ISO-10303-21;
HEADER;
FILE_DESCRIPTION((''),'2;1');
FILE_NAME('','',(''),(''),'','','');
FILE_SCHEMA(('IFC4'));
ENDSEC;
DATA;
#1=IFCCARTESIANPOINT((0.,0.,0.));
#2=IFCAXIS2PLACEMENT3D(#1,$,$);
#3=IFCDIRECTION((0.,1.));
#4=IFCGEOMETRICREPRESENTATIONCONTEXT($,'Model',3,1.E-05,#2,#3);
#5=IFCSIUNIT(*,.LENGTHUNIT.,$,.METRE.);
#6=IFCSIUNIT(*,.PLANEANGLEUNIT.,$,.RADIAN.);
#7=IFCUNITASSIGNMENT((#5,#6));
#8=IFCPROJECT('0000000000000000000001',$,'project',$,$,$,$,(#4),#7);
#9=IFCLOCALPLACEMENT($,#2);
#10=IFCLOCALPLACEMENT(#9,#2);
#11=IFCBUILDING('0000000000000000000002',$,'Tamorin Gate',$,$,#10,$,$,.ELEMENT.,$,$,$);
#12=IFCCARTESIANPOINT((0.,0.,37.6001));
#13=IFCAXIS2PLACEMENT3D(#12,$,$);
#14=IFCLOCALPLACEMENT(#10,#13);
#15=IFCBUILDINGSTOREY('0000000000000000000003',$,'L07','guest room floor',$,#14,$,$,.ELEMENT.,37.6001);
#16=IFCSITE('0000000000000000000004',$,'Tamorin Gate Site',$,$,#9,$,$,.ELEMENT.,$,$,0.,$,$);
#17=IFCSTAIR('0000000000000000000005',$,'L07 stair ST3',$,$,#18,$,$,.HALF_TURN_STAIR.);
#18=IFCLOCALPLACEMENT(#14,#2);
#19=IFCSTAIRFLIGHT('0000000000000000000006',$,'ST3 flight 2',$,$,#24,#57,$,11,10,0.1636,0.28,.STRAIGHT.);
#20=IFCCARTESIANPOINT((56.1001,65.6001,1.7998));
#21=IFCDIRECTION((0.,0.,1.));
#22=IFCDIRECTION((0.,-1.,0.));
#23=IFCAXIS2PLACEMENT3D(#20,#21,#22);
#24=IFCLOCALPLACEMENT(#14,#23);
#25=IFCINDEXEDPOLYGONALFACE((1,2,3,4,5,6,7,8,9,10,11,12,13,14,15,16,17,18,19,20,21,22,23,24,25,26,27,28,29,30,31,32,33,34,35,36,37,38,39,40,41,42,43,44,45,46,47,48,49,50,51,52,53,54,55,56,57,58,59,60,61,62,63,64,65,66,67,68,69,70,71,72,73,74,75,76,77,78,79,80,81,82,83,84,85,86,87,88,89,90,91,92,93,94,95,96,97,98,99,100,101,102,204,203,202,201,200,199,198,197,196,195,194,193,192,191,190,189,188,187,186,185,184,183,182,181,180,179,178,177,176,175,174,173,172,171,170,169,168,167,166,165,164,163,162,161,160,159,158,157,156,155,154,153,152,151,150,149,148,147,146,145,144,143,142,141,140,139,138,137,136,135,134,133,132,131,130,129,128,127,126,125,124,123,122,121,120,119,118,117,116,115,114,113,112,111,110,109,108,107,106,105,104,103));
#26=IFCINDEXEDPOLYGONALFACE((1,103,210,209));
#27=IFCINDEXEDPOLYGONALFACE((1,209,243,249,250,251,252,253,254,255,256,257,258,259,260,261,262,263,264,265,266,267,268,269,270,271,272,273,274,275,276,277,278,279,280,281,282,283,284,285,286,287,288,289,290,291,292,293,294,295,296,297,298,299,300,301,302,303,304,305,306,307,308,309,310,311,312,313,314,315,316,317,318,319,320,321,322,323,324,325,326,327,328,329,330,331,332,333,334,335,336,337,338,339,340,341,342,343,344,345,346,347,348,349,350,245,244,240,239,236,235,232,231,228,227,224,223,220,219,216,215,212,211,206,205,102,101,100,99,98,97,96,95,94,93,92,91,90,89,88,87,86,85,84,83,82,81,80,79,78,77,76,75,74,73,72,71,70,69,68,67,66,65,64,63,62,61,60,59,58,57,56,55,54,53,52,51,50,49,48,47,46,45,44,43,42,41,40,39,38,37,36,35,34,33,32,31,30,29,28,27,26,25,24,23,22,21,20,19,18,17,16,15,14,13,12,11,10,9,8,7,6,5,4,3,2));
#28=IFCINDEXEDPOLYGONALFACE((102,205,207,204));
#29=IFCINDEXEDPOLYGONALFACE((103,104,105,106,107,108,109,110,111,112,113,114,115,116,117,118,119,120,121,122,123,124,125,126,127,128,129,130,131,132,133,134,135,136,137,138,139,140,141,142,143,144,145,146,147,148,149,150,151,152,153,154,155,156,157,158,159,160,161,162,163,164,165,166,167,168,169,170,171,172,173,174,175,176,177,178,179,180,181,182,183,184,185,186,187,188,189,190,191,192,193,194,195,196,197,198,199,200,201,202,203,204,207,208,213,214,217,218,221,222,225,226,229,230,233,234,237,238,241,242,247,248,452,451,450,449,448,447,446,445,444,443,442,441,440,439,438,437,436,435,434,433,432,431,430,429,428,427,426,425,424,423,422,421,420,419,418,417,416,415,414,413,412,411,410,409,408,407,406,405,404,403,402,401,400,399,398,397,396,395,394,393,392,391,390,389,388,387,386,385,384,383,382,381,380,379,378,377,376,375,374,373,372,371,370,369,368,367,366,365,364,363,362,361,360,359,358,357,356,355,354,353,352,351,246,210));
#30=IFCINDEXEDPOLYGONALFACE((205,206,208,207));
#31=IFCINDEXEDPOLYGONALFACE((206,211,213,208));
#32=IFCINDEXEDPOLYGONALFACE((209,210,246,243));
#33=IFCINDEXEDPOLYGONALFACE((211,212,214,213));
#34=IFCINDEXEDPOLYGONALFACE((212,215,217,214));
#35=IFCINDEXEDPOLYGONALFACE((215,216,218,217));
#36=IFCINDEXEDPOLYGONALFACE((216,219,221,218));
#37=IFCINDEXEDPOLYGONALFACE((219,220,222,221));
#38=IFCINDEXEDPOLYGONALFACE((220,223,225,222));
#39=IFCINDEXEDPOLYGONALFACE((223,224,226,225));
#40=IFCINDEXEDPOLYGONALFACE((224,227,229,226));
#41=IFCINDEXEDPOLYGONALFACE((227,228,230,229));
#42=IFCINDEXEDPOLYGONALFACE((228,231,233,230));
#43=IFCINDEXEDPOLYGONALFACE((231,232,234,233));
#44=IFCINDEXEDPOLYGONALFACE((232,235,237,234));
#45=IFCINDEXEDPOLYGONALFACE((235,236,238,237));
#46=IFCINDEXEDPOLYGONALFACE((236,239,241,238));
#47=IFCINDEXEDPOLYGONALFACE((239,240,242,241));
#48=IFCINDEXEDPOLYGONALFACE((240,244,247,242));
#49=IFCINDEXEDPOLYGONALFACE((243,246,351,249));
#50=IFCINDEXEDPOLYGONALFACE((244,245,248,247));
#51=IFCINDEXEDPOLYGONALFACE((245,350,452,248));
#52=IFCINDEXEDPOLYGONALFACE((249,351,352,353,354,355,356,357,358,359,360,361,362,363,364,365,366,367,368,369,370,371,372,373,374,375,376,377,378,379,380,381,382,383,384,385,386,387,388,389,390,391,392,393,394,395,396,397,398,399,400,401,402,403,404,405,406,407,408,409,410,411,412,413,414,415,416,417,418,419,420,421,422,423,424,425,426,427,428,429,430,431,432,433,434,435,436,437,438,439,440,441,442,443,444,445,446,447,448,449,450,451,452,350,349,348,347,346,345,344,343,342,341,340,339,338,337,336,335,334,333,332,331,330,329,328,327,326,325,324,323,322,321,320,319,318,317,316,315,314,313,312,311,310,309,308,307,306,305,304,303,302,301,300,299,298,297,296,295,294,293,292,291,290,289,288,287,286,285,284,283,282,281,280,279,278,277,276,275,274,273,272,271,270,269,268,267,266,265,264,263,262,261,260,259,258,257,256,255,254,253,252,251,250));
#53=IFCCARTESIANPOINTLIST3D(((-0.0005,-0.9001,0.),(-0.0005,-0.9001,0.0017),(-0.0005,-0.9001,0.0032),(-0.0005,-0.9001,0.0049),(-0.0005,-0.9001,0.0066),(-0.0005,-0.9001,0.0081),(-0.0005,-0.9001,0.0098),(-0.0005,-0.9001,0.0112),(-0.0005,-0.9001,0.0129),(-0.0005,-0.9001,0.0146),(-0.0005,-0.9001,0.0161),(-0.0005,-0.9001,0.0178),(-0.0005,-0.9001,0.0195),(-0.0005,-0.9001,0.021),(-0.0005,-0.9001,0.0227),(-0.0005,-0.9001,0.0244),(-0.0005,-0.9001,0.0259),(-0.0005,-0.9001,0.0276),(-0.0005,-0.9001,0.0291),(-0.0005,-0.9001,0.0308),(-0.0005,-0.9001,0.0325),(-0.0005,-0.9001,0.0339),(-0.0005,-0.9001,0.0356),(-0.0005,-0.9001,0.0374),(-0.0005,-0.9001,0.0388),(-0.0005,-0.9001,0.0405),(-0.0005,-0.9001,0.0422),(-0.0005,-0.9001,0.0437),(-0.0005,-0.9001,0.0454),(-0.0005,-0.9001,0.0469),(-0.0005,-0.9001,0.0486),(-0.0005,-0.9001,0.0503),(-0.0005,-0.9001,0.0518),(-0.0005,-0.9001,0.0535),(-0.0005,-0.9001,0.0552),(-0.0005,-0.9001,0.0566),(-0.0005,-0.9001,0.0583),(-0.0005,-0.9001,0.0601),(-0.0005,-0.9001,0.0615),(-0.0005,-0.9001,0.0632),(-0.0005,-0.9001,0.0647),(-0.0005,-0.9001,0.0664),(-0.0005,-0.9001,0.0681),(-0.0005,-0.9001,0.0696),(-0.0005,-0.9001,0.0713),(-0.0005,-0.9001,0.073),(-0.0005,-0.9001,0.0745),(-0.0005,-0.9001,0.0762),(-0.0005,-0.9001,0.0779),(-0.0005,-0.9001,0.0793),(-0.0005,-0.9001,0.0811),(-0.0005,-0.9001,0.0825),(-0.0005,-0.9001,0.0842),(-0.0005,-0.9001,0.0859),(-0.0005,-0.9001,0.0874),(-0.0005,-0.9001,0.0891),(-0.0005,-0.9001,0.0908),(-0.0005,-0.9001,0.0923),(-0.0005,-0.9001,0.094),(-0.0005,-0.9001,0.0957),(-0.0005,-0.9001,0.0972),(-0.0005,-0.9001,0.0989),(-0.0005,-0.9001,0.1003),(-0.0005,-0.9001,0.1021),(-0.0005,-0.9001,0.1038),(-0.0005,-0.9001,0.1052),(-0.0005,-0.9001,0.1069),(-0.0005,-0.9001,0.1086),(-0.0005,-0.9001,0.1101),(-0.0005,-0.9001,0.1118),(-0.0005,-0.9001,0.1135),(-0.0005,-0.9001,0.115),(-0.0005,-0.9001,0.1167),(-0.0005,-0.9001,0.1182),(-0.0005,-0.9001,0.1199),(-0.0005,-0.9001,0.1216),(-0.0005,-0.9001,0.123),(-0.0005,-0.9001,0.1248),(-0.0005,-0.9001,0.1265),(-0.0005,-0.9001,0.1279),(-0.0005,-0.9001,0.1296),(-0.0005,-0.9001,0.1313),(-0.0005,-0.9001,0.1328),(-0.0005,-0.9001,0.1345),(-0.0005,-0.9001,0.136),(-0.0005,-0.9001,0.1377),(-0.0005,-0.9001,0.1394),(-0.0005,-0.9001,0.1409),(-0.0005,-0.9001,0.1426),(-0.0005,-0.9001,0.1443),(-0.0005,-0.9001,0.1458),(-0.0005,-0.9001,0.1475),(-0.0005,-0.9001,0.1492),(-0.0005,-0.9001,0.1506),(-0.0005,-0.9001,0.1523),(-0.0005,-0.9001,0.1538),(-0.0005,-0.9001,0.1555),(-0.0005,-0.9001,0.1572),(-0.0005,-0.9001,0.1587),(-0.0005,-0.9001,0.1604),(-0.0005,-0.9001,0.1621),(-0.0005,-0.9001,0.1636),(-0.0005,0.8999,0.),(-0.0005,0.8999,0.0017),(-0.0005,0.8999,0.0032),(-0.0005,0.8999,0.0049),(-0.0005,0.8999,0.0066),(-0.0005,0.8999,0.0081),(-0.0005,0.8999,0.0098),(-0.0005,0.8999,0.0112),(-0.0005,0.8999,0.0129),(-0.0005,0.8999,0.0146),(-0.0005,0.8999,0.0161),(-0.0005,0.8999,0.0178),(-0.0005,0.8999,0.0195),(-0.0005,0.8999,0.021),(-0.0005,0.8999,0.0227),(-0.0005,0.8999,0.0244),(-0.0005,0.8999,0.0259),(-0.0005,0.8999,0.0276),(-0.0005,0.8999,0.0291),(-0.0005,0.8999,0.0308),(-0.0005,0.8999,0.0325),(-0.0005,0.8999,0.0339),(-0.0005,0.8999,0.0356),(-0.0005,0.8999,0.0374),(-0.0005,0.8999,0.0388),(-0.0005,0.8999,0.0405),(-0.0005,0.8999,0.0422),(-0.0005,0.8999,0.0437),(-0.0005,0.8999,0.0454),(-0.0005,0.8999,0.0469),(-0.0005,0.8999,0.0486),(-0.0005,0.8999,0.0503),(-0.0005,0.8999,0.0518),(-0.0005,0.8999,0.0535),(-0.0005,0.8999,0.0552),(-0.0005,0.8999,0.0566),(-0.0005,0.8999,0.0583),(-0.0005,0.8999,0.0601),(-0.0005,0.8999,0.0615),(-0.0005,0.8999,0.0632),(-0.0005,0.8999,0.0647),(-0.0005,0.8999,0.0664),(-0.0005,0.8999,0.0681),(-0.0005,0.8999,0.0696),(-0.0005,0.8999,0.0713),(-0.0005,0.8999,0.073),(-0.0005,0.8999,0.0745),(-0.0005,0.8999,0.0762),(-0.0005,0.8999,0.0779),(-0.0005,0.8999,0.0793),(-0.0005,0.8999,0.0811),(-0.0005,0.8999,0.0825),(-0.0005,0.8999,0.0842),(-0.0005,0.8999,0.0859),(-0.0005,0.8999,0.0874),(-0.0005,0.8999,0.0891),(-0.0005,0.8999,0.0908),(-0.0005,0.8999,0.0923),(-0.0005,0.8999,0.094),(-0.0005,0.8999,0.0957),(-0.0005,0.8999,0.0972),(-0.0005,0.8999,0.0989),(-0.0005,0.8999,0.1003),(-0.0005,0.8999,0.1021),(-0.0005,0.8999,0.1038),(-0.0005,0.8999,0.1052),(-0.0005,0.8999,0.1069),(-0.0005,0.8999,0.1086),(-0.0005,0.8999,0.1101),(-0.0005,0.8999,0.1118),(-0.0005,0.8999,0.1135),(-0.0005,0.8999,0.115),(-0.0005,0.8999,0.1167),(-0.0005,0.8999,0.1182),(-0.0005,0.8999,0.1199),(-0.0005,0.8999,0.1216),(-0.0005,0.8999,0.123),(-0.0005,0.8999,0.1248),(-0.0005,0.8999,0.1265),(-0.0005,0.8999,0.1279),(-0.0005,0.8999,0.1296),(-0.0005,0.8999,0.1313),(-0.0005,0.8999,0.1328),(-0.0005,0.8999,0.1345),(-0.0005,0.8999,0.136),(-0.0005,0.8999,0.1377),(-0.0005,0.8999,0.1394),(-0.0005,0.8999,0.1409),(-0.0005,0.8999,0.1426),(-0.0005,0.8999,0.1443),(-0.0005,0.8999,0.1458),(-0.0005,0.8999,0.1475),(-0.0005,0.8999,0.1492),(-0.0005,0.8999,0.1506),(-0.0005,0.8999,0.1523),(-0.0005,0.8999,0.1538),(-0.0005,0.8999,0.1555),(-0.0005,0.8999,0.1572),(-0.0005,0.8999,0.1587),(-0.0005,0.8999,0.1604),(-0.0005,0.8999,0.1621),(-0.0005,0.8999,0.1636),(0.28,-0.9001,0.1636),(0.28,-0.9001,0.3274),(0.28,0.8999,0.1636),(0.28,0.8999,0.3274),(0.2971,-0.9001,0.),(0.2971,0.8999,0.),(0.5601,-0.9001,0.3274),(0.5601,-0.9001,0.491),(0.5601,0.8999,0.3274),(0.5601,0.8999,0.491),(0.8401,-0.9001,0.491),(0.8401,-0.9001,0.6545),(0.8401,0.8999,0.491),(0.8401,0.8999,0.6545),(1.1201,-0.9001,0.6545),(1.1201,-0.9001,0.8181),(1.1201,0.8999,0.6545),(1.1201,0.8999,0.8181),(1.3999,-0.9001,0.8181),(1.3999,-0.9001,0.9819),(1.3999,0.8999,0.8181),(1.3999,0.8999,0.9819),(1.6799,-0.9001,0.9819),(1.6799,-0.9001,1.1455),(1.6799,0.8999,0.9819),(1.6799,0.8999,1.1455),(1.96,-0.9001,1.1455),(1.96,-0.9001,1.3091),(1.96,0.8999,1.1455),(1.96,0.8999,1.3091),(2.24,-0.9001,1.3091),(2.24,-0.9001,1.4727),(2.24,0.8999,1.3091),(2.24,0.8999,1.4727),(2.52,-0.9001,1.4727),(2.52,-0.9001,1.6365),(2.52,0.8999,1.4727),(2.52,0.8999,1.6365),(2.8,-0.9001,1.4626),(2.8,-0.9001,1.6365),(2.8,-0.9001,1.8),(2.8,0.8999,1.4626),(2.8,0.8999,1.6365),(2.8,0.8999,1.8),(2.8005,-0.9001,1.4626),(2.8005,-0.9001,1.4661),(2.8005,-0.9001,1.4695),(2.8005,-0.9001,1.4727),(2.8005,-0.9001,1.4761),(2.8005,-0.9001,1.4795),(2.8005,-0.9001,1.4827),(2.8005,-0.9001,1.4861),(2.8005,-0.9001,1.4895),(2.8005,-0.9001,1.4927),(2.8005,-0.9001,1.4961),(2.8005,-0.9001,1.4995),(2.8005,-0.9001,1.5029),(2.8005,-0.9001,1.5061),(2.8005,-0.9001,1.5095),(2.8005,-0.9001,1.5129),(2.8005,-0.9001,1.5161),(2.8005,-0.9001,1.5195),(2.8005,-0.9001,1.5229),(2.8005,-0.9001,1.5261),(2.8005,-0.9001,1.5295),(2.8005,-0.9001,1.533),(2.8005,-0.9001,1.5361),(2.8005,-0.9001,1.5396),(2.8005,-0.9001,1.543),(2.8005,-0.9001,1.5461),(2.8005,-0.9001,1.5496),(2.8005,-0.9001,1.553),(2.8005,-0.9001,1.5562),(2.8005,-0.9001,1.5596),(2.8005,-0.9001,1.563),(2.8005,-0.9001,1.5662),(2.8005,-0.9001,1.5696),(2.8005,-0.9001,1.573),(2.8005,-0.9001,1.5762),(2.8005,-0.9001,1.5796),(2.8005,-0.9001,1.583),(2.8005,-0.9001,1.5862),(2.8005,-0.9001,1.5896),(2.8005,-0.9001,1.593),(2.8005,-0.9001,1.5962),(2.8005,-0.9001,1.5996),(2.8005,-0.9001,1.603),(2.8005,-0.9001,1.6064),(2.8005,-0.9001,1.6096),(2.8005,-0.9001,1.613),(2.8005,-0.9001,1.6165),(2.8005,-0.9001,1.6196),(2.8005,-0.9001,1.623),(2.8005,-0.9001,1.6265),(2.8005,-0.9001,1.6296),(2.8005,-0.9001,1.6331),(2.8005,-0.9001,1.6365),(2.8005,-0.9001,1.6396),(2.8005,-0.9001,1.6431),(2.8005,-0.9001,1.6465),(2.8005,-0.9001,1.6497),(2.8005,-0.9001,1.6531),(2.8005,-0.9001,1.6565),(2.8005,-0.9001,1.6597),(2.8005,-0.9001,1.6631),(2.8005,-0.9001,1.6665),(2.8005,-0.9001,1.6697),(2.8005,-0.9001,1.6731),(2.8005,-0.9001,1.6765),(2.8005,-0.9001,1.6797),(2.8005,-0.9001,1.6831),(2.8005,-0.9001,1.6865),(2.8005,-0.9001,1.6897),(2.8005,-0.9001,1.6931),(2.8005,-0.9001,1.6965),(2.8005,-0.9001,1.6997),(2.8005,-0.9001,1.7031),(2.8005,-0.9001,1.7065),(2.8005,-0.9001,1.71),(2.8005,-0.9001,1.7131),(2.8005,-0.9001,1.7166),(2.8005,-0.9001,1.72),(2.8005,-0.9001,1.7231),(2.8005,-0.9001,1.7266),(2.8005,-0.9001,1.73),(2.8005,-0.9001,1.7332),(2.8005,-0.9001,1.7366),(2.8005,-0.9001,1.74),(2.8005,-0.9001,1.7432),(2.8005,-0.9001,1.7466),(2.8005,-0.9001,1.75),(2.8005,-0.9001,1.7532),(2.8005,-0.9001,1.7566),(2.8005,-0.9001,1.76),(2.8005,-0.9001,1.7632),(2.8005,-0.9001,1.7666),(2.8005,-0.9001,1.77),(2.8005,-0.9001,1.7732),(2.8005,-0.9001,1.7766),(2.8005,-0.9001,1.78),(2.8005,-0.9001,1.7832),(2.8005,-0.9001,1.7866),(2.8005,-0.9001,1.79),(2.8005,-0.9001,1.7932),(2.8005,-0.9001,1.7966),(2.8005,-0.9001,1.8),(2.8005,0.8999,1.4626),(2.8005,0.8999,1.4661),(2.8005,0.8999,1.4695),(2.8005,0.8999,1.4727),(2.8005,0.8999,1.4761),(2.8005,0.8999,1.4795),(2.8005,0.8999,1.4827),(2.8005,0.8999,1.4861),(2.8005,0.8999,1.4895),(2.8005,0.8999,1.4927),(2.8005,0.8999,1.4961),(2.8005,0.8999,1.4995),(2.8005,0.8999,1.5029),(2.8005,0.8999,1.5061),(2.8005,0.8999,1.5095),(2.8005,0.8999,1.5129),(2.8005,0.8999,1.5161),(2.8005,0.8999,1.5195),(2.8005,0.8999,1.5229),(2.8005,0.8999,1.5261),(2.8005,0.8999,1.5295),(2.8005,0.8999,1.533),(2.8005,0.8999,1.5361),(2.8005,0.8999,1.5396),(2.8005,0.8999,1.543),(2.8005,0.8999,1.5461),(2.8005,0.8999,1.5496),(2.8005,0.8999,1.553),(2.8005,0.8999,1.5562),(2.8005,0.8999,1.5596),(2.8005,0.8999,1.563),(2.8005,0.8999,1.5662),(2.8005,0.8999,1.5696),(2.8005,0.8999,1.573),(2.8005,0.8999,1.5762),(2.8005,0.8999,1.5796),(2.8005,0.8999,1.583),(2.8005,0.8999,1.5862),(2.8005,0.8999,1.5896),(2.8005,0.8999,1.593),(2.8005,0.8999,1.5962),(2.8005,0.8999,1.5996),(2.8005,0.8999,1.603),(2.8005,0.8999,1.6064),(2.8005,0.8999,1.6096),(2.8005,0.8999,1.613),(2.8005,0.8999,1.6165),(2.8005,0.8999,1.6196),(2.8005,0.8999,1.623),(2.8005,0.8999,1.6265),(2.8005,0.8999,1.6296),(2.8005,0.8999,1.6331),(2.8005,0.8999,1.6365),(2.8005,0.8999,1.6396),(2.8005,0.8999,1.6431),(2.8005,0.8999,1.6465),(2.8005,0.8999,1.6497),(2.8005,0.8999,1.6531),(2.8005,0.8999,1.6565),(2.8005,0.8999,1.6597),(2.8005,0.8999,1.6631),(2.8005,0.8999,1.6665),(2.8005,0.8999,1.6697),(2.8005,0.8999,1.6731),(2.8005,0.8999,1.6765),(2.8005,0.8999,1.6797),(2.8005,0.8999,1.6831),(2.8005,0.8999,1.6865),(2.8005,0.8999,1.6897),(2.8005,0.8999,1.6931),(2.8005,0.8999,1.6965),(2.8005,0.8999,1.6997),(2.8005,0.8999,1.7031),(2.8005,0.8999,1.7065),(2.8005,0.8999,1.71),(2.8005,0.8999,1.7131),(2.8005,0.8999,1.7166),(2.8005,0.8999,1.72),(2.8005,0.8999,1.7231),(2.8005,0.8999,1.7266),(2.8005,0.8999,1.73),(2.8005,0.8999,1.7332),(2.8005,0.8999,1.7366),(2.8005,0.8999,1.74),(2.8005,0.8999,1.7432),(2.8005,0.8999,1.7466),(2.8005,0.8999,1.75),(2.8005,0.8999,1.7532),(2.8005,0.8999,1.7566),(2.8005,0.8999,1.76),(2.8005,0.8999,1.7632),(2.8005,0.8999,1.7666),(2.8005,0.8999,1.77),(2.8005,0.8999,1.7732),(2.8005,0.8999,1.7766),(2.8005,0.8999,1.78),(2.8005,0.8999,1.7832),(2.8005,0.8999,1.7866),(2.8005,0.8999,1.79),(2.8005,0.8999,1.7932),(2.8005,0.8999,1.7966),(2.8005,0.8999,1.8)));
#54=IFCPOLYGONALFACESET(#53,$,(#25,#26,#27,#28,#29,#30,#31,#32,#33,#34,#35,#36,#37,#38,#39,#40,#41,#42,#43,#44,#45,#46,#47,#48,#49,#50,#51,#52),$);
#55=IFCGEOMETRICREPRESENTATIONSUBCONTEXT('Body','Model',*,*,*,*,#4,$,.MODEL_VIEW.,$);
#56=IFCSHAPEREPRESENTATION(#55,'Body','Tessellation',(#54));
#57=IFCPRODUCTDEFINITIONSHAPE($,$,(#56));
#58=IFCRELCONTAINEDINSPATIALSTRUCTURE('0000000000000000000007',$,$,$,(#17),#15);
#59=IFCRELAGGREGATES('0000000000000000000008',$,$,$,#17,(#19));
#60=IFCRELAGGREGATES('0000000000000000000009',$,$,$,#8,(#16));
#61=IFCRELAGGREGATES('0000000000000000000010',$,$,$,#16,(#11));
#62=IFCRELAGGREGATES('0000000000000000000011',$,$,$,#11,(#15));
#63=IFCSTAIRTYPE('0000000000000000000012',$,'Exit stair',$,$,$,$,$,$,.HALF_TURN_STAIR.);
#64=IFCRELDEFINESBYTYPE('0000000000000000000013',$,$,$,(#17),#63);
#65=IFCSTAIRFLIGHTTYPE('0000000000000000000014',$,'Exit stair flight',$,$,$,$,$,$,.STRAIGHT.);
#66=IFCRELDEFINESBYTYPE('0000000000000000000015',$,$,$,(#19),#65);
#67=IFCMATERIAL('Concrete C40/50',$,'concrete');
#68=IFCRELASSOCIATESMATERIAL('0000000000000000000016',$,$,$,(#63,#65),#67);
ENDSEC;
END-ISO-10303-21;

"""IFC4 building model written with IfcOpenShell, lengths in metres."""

from ifc_helpers import new_model, si_unit, direction, frame, origin, place, context, subcontext, project, spatial, polyline, outline, extrude, material, type_object, element, aggregate, save


model = new_model("IFC4")

# Units and contexts
model_context = context("Model", 3, precision=1e-05, world=origin(), true_north=direction((0.0, 1.0)))
body_context = subcontext(model_context, "Body", "Model", "MODEL_VIEW")
ifc_project = project(units=[si_unit("LENGTHUNIT", "METRE"), si_unit("PLANEANGLEUNIT", "RADIAN")], contexts=[model_context])

# Site, building, storey
site_placement = place(None, origin())
site = spatial("IfcSite", under=ifc_project, at=site_placement, Name="Tamorin Gate Site", CompositionType="ELEMENT", RefElevation=0.0)
building_placement = place(site_placement, origin())
building = spatial("IfcBuilding", under=site, at=building_placement, Name="Tamorin Gate", CompositionType="ELEMENT")
storey_placement = place(building_placement, frame((0.0, 0.0, 37.6001)))
storey = spatial("IfcBuildingStorey", under=building, at=storey_placement, Name="L07", Description="guest room floor", CompositionType="ELEMENT", Elevation=37.6001)

# Shared definitions
ifc_material_1 = material(Name="Concrete C40/50", Category="concrete")

# Stair, stair flight
stair_type = type_object("IfcStairType", Name="Exit stair", PredefinedType="HALF_TURN_STAIR", material=ifc_material_1)
stair_placement = place(storey_placement, origin())
stair = element("IfcStair", 1, at=stair_placement, inside=storey, type_object=stair_type, Name="L07 stair ST3", PredefinedType="HALF_TURN_STAIR")
stair_flight_type = type_object("IfcStairFlightType", Name="Exit stair flight", PredefinedType="STRAIGHT", material=ifc_material_1)
stair_flight_1_placement = place(storey_placement, frame((56.1001, 65.6001, 1.7998), z_axis=(0.0, 0.0, 1.0), x_axis=(0.0, -1.0, 0.0)))
stair_flight_1 = element("IfcStairFlight", 2, at=stair_flight_1_placement, type_object=stair_flight_type, Name="ST3 flight 2", NumberOfRisers=11, NumberOfTreads=10, PredefinedType="STRAIGHT", RiserHeight=0.1636, TreadLength=0.28, context=body_context, shape_type="SweptSolid", body=[
    extrude(outline(polyline([(-0.0005, 0.0), (-0.0005, 0.0017), (-0.0005, 0.0032), (-0.0005, 0.0049), (-0.0005, 0.0066), (-0.0005, 0.0081), (-0.0005, 0.0098), (-0.0005, 0.0112), (-0.0005, 0.0129), (-0.0005, 0.0146), (-0.0005, 0.0161), (-0.0005, 0.0178), (-0.0005, 0.0195), (-0.0005, 0.021), (-0.0005, 0.0227), (-0.0005, 0.0244), (-0.0005, 0.0259), (-0.0005, 0.0276), (-0.0005, 0.0291), (-0.0005, 0.0308), (-0.0005, 0.0325), (-0.0005, 0.0339), (-0.0005, 0.0356), (-0.0005, 0.0374), (-0.0005, 0.0388), (-0.0005, 0.0405), (-0.0005, 0.0422), (-0.0005, 0.0437), (-0.0005, 0.0454), (-0.0005, 0.0469), (-0.0005, 0.0486), (-0.0005, 0.0503), (-0.0005, 0.0518), (-0.0005, 0.0535), (-0.0005, 0.0552), (-0.0005, 0.0566), (-0.0005, 0.0583), (-0.0005, 0.0601), (-0.0005, 0.0615), (-0.0005, 0.0632), (-0.0005, 0.0647), (-0.0005, 0.0664), (-0.0005, 0.0681), (-0.0005, 0.0696), (-0.0005, 0.0713), (-0.0005, 0.073), (-0.0005, 0.0745), (-0.0005, 0.0762), (-0.0005, 0.0779), (-0.0005, 0.0793), (-0.0005, 0.0811), (-0.0005, 0.0825), (-0.0005, 0.0842), (-0.0005, 0.0859), (-0.0005, 0.0874), (-0.0005, 0.0891), (-0.0005, 0.0908), (-0.0005, 0.0923), (-0.0005, 0.094), (-0.0005, 0.0957), (-0.0005, 0.0972), (-0.0005, 0.0989), (-0.0005, 0.1003), (-0.0005, 0.1021), (-0.0005, 0.1038), (-0.0005, 0.1052), (-0.0005, 0.1069), (-0.0005, 0.1086), (-0.0005, 0.1101), (-0.0005, 0.1118), (-0.0005, 0.1135), (-0.0005, 0.115), (-0.0005, 0.1167), (-0.0005, 0.1182), (-0.0005, 0.1199), (-0.0005, 0.1216), (-0.0005, 0.123), (-0.0005, 0.1248), (-0.0005, 0.1265), (-0.0005, 0.1279), (-0.0005, 0.1296), (-0.0005, 0.1313), (-0.0005, 0.1328), (-0.0005, 0.1345), (-0.0005, 0.136), (-0.0005, 0.1377), (-0.0005, 0.1394), (-0.0005, 0.1409), (-0.0005, 0.1426), (-0.0005, 0.1443), (-0.0005, 0.1458), (-0.0005, 0.1475), (-0.0005, 0.1492), (-0.0005, 0.1506), (-0.0005, 0.1523), (-0.0005, 0.1538), (-0.0005, 0.1555), (-0.0005, 0.1572), (-0.0005, 0.1587), (-0.0005, 0.1604), (-0.0005, 0.1621), (-0.0005, 0.1636), (0.28, 0.1636), (0.28, 0.3274), (0.5601, 0.3274), (0.5601, 0.491), (0.8401, 0.491), (0.8401, 0.6545), (1.1201, 0.6545), (1.1201, 0.8181), (1.3999, 0.8181), (1.3999, 0.9819), (1.6799, 0.9819), (1.6799, 1.1455), (1.96, 1.1455), (1.96, 1.3091), (2.24, 1.3091), (2.24, 1.4727), (2.52, 1.4727), (2.52, 1.6365), (2.8, 1.6365), (2.8, 1.8), (2.8005, 1.8), (2.8005, 1.7966), (2.8005, 1.7932), (2.8005, 1.79), (2.8005, 1.7866), (2.8005, 1.7832), (2.8005, 1.78), (2.8005, 1.7766), (2.8005, 1.7732), (2.8005, 1.77), (2.8005, 1.7666), (2.8005, 1.7632), (2.8005, 1.76), (2.8005, 1.7566), (2.8005, 1.7532), (2.8005, 1.75), (2.8005, 1.7466), (2.8005, 1.7432), (2.8005, 1.74), (2.8005, 1.7366), (2.8005, 1.7332), (2.8005, 1.73), (2.8005, 1.7266), (2.8005, 1.7231), (2.8005, 1.72), (2.8005, 1.7166), (2.8005, 1.7131), (2.8005, 1.71), (2.8005, 1.7065), (2.8005, 1.7031), (2.8005, 1.6997), (2.8005, 1.6965), (2.8005, 1.6931), (2.8005, 1.6897), (2.8005, 1.6865), (2.8005, 1.6831), (2.8005, 1.6797), (2.8005, 1.6765), (2.8005, 1.6731), (2.8005, 1.6697), (2.8005, 1.6665), (2.8005, 1.6631), (2.8005, 1.6597), (2.8005, 1.6565), (2.8005, 1.6531), (2.8005, 1.6497), (2.8005, 1.6465), (2.8005, 1.6431), (2.8005, 1.6396), (2.8005, 1.6365), (2.8005, 1.6331), (2.8005, 1.6296), (2.8005, 1.6265), (2.8005, 1.623), (2.8005, 1.6196), (2.8005, 1.6165), (2.8005, 1.613), (2.8005, 1.6096), (2.8005, 1.6064), (2.8005, 1.603), (2.8005, 1.5996), (2.8005, 1.5962), (2.8005, 1.593), (2.8005, 1.5896), (2.8005, 1.5862), (2.8005, 1.583), (2.8005, 1.5796), (2.8005, 1.5762), (2.8005, 1.573), (2.8005, 1.5696), (2.8005, 1.5662), (2.8005, 1.563), (2.8005, 1.5596), (2.8005, 1.5562), (2.8005, 1.553), (2.8005, 1.5496), (2.8005, 1.5461), (2.8005, 1.543), (2.8005, 1.5396), (2.8005, 1.5361), (2.8005, 1.533), (2.8005, 1.5295), (2.8005, 1.5261), (2.8005, 1.5229), (2.8005, 1.5195), (2.8005, 1.5161), (2.8005, 1.5129), (2.8005, 1.5095), (2.8005, 1.5061), (2.8005, 1.5029), (2.8005, 1.4995), (2.8005, 1.4961), (2.8005, 1.4927), (2.8005, 1.4895), (2.8005, 1.4861), (2.8005, 1.4827), (2.8005, 1.4795), (2.8005, 1.4761), (2.8005, 1.4727), (2.8005, 1.4695), (2.8005, 1.4661), (2.8005, 1.4626), (2.8, 1.4626), (0.2971, 0.0), (-0.0005, 0.0)])), frame((0.0, 0.8999, 0.0), z_axis=(0.0, -1.0, 0.0), x_axis=(1.0, 0.0, 0.0)), (0.0, 0.0, 1.0), 1.8),
])
aggregate(stair, [stair_flight_1])

save(model, "model.ifc")
